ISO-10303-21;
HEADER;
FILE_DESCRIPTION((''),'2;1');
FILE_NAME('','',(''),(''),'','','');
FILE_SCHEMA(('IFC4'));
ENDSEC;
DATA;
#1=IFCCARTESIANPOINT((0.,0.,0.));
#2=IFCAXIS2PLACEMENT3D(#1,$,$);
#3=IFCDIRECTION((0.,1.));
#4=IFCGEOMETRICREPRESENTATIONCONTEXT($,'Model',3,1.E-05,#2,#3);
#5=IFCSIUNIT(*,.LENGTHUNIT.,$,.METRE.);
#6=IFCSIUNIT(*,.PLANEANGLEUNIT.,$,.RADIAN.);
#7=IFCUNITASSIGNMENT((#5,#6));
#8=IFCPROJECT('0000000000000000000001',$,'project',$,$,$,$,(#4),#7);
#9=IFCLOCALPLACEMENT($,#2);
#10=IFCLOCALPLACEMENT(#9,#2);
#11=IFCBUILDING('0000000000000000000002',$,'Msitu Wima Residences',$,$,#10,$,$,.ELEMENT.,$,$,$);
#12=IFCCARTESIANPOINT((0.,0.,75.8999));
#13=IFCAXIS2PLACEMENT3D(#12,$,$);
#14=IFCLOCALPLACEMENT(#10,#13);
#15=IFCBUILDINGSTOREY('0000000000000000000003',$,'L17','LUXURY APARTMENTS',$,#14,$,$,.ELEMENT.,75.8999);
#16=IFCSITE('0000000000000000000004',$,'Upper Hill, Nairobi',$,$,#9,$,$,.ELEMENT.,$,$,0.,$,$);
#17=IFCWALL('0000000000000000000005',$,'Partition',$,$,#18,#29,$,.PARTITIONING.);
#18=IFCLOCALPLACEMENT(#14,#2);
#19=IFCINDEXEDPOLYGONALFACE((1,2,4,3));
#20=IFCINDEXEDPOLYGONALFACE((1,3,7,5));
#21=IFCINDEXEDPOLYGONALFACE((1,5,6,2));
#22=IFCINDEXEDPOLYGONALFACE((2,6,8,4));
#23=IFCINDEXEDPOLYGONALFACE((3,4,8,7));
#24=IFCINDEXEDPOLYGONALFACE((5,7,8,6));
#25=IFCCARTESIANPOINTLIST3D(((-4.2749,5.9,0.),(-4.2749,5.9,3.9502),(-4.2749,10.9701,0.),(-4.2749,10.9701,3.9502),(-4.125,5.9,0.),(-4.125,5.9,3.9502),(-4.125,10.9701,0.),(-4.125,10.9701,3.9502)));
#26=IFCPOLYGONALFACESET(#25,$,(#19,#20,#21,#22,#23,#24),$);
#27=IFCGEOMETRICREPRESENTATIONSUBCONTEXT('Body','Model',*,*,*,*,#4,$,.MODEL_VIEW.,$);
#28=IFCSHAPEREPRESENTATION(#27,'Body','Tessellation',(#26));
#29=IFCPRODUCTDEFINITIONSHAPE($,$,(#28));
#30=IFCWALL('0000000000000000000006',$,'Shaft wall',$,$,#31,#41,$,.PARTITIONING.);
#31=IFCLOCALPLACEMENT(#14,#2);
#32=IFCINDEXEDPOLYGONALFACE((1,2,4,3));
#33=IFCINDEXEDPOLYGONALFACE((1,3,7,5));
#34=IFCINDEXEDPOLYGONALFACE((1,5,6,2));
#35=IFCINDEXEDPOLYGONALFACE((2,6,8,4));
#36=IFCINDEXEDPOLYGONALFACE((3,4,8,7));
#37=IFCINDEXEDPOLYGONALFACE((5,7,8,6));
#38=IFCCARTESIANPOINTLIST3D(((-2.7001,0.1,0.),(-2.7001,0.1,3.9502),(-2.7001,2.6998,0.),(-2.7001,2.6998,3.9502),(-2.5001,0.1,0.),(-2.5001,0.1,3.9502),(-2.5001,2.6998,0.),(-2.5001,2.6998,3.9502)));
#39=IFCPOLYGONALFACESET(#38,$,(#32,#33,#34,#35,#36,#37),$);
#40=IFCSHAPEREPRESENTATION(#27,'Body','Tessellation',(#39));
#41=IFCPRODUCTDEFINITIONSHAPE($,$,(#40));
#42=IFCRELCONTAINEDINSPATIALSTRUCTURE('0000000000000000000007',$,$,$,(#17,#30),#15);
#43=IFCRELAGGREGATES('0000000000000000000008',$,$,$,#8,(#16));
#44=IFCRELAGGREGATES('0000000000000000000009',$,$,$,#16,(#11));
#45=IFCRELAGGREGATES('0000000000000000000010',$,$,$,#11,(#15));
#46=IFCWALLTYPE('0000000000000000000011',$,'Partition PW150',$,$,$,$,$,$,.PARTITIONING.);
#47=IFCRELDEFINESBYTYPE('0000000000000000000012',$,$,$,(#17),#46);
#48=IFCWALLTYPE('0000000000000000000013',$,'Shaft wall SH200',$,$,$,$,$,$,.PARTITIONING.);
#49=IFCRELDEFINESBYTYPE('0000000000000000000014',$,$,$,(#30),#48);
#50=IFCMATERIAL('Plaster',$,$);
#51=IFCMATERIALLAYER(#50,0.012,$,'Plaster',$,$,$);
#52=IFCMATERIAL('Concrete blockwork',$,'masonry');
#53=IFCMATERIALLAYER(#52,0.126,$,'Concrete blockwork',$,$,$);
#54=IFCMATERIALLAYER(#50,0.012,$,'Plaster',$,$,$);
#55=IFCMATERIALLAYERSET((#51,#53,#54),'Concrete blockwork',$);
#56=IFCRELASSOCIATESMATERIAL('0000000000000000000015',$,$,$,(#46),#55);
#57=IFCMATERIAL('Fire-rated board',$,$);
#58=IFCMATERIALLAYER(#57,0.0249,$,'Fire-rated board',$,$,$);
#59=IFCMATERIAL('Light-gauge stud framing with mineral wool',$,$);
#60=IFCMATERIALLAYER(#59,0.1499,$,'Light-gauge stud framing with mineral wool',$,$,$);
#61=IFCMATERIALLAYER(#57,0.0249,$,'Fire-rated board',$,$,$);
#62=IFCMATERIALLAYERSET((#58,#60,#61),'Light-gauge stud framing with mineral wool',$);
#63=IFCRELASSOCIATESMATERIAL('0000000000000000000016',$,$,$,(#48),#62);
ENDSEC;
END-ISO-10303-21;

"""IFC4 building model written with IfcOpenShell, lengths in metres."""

from ifc_helpers import new_model, si_unit, direction, frame, frame_2d, origin, place, context, subcontext, project, spatial, rectangle, extrude, material, layer, layer_set, type_object, element, save


model = new_model("IFC4")

# Units and contexts
model_context = context("Model", 3, precision=1e-05, world=origin(), true_north=direction((0.0, 1.0)))
body_context = subcontext(model_context, "Body", "Model", "MODEL_VIEW")
ifc_project = project(units=[si_unit("LENGTHUNIT", "METRE"), si_unit("PLANEANGLEUNIT", "RADIAN")], contexts=[model_context])

# Site, building, storey
site_placement = place(None, origin())
site = spatial("IfcSite", under=ifc_project, at=site_placement, Name="Upper Hill, Nairobi", CompositionType="ELEMENT", RefElevation=0.0)
building_placement = place(site_placement, origin())
building = spatial("IfcBuilding", under=site, at=building_placement, Name="Msitu Wima Residences", CompositionType="ELEMENT")
storey_placement = place(building_placement, frame((0.0, 0.0, 75.8999)))
storey = spatial("IfcBuildingStorey", under=building, at=storey_placement, Name="L17", Description="LUXURY APARTMENTS", CompositionType="ELEMENT", Elevation=75.8999)

# Walls
ifc_material_1 = material(Name="Plaster")
ifc_layer_1 = layer(ifc_material_1, 0.012, Name="Plaster")
ifc_material_2 = material(Name="Concrete blockwork", Category="masonry")
ifc_layer_2 = layer(ifc_material_2, 0.126, Name="Concrete blockwork")
ifc_layer_3 = layer(ifc_material_1, 0.012, Name="Plaster")
ifc_layer_set_1 = layer_set([ifc_layer_1, ifc_layer_2, ifc_layer_3], Name="Concrete blockwork")
wall_type_1 = type_object("IfcWallType", Name="Partition PW150", PredefinedType="PARTITIONING", material=ifc_layer_set_1)
wall_1_placement = place(storey_placement, frame((-4.2, 5.8999, 0.0), z_axis=(0.0, 0.0, 1.0), x_axis=(0.0, 1.0, 0.0)))
element("IfcWall", 1, at=wall_1_placement, inside=storey, type_object=wall_type_1, Name="Partition", PredefinedType="PARTITIONING", context=body_context, shape_type="SweptSolid", body=[
    extrude(rectangle(XDim=5.0701, YDim=0.1499, at=frame_2d((2.5352, 0.0))), origin(), (0.0, 0.0, 1.0), 3.9502),
])
ifc_material_3 = material(Name="Fire-rated board")
ifc_layer_4 = layer(ifc_material_3, 0.0249, Name="Fire-rated board")
ifc_material_4 = material(Name="Light-gauge stud framing with mineral wool")
ifc_layer_5 = layer(ifc_material_4, 0.1499, Name="Light-gauge stud framing with mineral wool")
ifc_layer_6 = layer(ifc_material_3, 0.0249, Name="Fire-rated board")
ifc_layer_set_2 = layer_set([ifc_layer_4, ifc_layer_5, ifc_layer_6], Name="Light-gauge stud framing with mineral wool")
wall_type_2 = type_object("IfcWallType", Name="Shaft wall SH200", PredefinedType="PARTITIONING", material=ifc_layer_set_2)
wall_2_placement = place(storey_placement, frame((-2.6001, 0.1001, 0.0), z_axis=(0.0, 0.0, 1.0), x_axis=(0.0, 1.0, 0.0)))
element("IfcWall", 2, at=wall_2_placement, inside=storey, type_object=wall_type_2, Name="Shaft wall", PredefinedType="PARTITIONING", context=body_context, shape_type="SweptSolid", body=[
    extrude(rectangle(XDim=2.5999, YDim=0.2, at=frame_2d((1.2998, 0.0))), origin(), (0.0, 0.0, 1.0), 3.9502),
])

save(model, "model.ifc")
